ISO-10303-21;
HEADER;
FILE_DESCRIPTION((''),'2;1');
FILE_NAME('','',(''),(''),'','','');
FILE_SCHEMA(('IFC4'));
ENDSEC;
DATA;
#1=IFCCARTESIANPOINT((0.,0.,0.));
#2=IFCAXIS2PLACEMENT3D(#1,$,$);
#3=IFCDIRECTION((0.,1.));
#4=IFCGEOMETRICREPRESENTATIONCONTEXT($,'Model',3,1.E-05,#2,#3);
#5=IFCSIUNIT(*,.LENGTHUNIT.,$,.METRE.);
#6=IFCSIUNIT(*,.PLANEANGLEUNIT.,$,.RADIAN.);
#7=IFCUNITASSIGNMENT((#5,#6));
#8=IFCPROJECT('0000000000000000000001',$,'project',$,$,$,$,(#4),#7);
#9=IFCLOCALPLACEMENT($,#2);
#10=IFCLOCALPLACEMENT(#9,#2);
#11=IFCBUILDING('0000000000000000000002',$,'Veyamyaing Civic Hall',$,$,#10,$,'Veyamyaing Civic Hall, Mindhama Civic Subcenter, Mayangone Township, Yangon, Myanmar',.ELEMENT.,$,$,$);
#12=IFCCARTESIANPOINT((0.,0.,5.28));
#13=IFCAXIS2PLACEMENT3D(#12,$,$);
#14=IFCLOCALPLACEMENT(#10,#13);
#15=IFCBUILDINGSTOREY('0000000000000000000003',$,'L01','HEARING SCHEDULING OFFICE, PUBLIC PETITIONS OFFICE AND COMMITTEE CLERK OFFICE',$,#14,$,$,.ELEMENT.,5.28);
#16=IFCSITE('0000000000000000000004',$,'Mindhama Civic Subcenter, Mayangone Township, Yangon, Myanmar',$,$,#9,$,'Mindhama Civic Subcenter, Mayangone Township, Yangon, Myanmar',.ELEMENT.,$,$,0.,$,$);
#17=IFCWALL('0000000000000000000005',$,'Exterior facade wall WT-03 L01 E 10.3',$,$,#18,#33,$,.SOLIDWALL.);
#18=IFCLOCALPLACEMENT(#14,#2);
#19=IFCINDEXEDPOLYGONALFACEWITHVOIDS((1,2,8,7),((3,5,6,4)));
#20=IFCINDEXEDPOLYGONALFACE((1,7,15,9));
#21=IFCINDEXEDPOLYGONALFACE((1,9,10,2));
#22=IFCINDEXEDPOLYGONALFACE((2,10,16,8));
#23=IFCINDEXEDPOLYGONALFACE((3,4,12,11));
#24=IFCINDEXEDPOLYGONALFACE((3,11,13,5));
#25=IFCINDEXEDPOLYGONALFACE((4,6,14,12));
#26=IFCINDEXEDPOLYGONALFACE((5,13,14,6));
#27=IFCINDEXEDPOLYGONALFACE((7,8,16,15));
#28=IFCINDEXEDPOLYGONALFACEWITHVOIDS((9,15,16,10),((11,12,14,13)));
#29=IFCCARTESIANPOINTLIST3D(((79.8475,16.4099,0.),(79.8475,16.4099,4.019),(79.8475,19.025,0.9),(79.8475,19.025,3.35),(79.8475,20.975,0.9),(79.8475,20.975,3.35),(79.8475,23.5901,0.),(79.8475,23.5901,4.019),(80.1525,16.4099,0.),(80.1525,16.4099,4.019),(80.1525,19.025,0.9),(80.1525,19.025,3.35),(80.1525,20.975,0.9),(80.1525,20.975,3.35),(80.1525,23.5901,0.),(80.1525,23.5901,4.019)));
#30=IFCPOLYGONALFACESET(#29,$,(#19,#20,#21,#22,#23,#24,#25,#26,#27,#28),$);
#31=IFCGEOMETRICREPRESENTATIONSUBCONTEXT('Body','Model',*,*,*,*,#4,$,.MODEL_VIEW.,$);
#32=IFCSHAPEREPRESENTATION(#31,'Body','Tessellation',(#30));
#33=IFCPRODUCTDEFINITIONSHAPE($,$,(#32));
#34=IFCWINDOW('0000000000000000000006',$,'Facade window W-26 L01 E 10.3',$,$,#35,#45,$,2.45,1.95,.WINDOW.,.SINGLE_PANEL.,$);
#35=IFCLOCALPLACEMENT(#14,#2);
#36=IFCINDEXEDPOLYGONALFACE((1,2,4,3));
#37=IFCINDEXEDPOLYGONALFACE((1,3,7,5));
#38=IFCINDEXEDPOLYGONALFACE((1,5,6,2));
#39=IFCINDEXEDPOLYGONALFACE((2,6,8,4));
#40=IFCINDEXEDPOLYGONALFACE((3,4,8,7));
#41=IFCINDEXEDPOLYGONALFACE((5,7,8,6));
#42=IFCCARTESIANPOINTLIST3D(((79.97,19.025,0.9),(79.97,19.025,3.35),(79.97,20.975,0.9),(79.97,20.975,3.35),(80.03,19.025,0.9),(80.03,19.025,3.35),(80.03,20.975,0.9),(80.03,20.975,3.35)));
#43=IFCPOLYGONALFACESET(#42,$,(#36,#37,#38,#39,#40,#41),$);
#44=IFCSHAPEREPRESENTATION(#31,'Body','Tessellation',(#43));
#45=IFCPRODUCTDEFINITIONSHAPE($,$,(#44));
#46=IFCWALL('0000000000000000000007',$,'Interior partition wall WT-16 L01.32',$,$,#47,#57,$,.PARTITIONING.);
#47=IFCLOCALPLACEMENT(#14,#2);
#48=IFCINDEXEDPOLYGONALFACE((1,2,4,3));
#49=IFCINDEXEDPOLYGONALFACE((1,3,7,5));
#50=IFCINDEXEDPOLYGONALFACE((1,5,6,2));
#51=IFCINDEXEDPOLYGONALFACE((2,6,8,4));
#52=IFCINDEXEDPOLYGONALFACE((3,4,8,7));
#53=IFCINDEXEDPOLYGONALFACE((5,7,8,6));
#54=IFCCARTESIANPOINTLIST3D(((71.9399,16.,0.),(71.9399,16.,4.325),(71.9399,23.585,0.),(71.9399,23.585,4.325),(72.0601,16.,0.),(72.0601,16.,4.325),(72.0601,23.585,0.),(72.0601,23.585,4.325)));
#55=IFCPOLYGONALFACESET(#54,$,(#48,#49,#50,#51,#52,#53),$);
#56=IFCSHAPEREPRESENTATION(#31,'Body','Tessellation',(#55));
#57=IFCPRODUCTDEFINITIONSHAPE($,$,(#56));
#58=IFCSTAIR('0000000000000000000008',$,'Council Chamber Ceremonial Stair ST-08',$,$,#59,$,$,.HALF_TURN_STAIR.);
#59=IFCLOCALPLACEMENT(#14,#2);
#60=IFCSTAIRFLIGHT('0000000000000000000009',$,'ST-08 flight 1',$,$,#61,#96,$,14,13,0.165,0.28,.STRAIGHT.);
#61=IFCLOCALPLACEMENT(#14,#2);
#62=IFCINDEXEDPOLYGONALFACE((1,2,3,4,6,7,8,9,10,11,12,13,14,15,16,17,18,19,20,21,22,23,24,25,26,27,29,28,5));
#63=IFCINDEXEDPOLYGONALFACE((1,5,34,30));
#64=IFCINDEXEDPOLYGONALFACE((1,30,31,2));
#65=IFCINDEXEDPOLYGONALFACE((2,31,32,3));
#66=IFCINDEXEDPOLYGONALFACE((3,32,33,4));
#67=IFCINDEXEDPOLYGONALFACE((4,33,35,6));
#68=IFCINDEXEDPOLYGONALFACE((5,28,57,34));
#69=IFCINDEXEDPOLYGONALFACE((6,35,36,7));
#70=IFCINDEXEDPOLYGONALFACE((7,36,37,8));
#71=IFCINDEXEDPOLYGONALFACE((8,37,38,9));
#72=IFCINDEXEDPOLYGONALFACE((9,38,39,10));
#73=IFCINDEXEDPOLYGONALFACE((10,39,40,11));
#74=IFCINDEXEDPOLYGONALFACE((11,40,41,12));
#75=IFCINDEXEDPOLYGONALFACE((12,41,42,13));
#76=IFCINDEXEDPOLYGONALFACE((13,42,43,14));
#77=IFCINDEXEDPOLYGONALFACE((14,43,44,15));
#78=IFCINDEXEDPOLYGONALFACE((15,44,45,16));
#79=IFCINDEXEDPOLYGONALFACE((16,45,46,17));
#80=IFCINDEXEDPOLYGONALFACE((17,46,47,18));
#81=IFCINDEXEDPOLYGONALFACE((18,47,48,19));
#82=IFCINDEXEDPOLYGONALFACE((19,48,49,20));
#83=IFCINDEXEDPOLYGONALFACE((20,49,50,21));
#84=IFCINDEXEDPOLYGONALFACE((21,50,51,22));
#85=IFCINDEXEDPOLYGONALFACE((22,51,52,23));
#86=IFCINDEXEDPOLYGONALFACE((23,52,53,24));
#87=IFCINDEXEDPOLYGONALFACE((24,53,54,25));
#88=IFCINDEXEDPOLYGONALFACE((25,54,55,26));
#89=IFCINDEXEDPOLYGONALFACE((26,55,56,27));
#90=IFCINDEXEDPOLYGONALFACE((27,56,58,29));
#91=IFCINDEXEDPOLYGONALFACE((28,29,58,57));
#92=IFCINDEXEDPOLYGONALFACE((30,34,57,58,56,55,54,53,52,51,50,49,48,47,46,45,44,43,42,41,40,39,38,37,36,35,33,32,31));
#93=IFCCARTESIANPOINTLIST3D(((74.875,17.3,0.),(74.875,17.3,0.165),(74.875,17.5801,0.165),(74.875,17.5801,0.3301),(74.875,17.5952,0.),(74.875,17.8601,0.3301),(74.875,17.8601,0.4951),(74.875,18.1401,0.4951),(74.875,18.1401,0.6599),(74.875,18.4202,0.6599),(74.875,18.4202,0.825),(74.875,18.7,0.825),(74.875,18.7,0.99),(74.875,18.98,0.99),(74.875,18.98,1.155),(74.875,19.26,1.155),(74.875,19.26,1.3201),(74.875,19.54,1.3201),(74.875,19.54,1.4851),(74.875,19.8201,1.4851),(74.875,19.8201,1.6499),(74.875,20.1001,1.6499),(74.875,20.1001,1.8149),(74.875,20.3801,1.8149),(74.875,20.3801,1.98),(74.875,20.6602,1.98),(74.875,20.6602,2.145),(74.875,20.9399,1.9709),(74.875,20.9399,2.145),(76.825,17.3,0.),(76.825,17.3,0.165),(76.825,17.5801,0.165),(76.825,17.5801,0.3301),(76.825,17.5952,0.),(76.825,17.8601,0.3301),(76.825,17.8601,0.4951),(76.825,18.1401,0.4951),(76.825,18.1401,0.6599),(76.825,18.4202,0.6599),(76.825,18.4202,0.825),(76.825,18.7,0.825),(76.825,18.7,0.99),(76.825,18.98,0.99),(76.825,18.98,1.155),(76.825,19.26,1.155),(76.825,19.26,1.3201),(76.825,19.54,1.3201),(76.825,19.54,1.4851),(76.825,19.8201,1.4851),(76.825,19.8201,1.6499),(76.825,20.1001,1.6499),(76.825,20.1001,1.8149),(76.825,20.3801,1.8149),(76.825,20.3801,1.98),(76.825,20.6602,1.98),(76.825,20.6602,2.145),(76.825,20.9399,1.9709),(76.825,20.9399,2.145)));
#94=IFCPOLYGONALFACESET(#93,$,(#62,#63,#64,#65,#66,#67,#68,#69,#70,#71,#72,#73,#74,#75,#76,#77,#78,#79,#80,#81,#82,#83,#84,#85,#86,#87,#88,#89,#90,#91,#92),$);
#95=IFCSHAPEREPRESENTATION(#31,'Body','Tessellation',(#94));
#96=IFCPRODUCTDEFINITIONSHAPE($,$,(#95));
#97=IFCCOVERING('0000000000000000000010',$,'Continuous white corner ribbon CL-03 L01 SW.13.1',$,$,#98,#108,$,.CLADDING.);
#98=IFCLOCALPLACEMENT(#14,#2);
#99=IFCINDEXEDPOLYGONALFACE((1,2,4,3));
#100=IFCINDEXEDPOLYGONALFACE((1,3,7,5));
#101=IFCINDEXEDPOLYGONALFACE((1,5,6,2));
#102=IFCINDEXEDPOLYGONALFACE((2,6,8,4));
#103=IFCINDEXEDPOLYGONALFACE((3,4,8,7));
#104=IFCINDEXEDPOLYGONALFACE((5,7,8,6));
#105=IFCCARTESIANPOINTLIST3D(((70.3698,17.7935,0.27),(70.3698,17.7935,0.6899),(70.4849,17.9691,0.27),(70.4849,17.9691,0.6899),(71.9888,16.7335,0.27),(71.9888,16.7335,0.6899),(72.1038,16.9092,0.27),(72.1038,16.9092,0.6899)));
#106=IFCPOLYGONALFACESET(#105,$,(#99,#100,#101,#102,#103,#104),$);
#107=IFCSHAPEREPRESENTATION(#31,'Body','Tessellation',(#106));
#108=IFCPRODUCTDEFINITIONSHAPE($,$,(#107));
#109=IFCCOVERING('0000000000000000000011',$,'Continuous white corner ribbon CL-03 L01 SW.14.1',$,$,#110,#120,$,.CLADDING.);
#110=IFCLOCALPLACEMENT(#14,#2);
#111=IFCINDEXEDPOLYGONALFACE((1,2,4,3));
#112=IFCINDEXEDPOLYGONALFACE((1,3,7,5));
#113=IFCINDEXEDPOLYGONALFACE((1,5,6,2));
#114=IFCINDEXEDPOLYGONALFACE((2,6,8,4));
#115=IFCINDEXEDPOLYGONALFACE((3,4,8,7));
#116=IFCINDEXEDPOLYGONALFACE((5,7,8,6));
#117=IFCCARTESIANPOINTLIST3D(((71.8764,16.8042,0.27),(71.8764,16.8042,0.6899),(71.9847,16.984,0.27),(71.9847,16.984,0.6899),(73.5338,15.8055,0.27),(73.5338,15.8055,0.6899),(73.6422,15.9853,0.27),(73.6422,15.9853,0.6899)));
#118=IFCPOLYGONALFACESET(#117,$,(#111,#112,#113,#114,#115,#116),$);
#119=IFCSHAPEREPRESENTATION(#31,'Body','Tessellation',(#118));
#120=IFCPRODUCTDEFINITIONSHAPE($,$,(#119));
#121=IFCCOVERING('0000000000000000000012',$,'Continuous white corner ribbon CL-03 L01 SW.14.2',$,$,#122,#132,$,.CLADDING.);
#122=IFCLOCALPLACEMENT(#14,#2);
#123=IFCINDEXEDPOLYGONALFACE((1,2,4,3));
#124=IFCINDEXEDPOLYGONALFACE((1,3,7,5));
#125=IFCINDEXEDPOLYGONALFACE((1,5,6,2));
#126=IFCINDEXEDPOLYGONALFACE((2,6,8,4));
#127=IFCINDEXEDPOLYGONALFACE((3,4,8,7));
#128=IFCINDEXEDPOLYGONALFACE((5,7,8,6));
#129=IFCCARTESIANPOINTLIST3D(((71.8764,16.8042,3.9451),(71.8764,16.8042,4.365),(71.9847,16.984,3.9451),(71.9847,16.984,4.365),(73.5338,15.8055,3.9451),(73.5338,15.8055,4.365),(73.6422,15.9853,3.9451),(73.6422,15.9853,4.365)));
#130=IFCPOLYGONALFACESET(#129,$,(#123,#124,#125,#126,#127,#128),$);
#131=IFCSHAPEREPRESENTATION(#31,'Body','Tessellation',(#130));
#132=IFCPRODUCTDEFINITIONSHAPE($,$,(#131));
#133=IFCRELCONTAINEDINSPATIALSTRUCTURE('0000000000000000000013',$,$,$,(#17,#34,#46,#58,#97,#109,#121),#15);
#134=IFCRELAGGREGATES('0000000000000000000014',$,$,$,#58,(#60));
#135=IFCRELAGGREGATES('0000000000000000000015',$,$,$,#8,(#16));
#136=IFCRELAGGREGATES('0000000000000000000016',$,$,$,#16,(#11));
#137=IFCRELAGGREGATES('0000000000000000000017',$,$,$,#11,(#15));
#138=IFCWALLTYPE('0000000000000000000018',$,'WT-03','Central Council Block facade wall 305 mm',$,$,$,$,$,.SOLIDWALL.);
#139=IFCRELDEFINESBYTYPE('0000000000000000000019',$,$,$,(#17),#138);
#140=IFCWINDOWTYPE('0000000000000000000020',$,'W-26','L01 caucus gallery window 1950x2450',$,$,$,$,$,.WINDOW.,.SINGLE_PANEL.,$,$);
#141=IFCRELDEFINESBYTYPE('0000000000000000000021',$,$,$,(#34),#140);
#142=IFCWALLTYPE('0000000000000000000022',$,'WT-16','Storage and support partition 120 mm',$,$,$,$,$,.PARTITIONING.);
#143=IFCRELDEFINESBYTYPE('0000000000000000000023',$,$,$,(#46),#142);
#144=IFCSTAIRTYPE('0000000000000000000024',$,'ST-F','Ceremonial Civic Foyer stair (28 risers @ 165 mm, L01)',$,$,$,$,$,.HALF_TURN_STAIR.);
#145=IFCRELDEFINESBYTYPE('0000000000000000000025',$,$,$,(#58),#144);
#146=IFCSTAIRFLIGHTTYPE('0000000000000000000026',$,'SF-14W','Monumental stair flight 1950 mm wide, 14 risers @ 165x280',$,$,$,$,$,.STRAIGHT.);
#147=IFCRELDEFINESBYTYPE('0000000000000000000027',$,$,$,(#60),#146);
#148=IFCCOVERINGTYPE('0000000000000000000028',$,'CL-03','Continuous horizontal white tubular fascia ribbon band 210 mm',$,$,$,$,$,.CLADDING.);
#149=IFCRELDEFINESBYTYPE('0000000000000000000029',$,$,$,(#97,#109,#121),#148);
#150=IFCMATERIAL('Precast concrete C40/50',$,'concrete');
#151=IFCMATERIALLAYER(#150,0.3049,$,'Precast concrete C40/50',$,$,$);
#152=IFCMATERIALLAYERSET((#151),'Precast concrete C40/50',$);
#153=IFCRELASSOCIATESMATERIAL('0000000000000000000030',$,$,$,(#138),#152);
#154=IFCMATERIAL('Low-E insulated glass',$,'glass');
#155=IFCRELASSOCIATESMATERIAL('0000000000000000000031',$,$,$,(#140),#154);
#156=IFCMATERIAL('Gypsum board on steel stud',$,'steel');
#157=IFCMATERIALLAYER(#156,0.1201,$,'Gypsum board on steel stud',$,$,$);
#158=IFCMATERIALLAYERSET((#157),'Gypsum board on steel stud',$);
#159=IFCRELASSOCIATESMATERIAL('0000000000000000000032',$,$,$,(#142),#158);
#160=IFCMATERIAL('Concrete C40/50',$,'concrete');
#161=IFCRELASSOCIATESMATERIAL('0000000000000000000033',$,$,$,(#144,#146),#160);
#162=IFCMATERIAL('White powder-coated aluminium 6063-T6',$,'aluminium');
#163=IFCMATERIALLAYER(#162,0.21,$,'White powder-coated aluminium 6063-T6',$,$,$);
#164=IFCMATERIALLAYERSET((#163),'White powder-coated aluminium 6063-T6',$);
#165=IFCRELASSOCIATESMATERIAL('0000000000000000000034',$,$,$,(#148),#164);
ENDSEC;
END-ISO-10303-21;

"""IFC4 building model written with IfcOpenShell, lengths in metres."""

from ifc_helpers import new_model, si_unit, direction, frame, frame_2d, origin, origin_2d, place, context, subcontext, project, spatial, polyline, rectangle, outline, extrude, material, layer, layer_set, type_object, element, fill, aggregate, save


model = new_model("IFC4")

# Units and contexts
model_context = context("Model", 3, precision=1e-05, world=origin(), true_north=direction((0.0, 1.0)))
body_context = subcontext(model_context, "Body", "Model", "MODEL_VIEW")
ifc_project = project(units=[si_unit("LENGTHUNIT", "METRE"), si_unit("PLANEANGLEUNIT", "RADIAN")], contexts=[model_context])

# Site, building, storey
site_placement = place(None, origin())
site = spatial("IfcSite", under=ifc_project, at=site_placement, Name="Mindhama Civic Subcenter, Mayangone Township, Yangon, Myanmar", LongName="Mindhama Civic Subcenter, Mayangone Township, Yangon, Myanmar", CompositionType="ELEMENT", RefElevation=0.0)
building_placement = place(site_placement, origin())
building = spatial("IfcBuilding", under=site, at=building_placement, Name="Veyamyaing Civic Hall", LongName="Veyamyaing Civic Hall, Mindhama Civic Subcenter, Mayangone Township, Yangon, Myanmar", CompositionType="ELEMENT")
storey_placement = place(building_placement, frame((0.0, 0.0, 5.28)))
storey = spatial("IfcBuildingStorey", under=building, at=storey_placement, Name="L01", Description="HEARING SCHEDULING OFFICE, PUBLIC PETITIONS OFFICE AND COMMITTEE CLERK OFFICE", CompositionType="ELEMENT", Elevation=5.28)

# Shared definitions
ifc_material_1 = material(Name="Precast concrete C40/50", Category="concrete")
ifc_layer_1 = layer(ifc_material_1, 0.3049, Name="Precast concrete C40/50")
ifc_layer_set_1 = layer_set([ifc_layer_1], Name="Precast concrete C40/50")
wall_type_1 = type_object("IfcWallType", Name="WT-03", Description="Central Council Block facade wall 305 mm", PredefinedType="SOLIDWALL", material=ifc_layer_set_1)

# Wall, opening, window
ifc_material_2 = material(Name="Low-E insulated glass", Category="glass")
window_type = type_object("IfcWindowType", Name="W-26", Description="L01 caucus gallery window 1950x2450", PartitioningType="SINGLE_PANEL", PredefinedType="WINDOW", material=ifc_material_2)
wall_1_placement = place(storey_placement, frame((80.0, 16.4099, 0.0), z_axis=(0.0, 0.0, 1.0), x_axis=(0.0, 1.0, 0.0)))
wall_1 = element("IfcWall", 1, at=wall_1_placement, inside=storey, type_object=wall_type_1, Name="Exterior facade wall WT-03 L01 E 10.3", PredefinedType="SOLIDWALL", context=body_context, shape_type="SweptSolid", body=[
    extrude(rectangle(XDim=7.1802, YDim=0.3049, at=frame_2d((3.5901, 0.0))), origin(), (0.0, 0.0, 1.0), 4.019),
])
opening_1_placement = place(wall_1_placement, frame((2.615, 0.0, 0.8999)))
opening_1 = element("IfcOpeningElement", 2, at=opening_1_placement, cuts=wall_1, PredefinedType="OPENING", context=body_context, shape_type="SweptSolid", body=[
    extrude(rectangle(XDim=1.95, YDim=2.45, at=frame_2d((0.9751, 1.2251))), frame((0.0, 0.1624, 0.0), z_axis=(0.0, -1.0, 0.0), x_axis=(1.0, 0.0, 0.0)), (0.0, 0.0, 1.0), 0.325),
])
window_1_placement = place(opening_1_placement, origin())
window_1 = element("IfcWindow", 3, at=window_1_placement, inside=storey, type_object=window_type, Name="Facade window W-26 L01 E 10.3", OverallHeight=2.45, OverallWidth=1.95, PartitioningType="SINGLE_PANEL", PredefinedType="WINDOW", context=body_context, shape_type="SweptSolid", body=[
    extrude(rectangle(XDim=1.95, YDim=2.45, at=frame_2d((0.9751, 1.2251))), frame((0.0, 0.03, 0.0), z_axis=(0.0, -1.0, 0.0), x_axis=(1.0, 0.0, 0.0)), (0.0, 0.0, 1.0), 0.0601),
])
fill(opening_1, window_1)

# Wall
ifc_material_3 = material(Name="Gypsum board on steel stud", Category="steel")
ifc_layer_2 = layer(ifc_material_3, 0.1201, Name="Gypsum board on steel stud")
ifc_layer_set_2 = layer_set([ifc_layer_2], Name="Gypsum board on steel stud")
wall_type_2 = type_object("IfcWallType", Name="WT-16", Description="Storage and support partition 120 mm", PredefinedType="PARTITIONING", material=ifc_layer_set_2)
wall_2_placement = place(storey_placement, frame((72.0, 16.0, 0.0), z_axis=(0.0, 0.0, 1.0), x_axis=(0.0, 1.0, 0.0)))
element("IfcWall", 4, at=wall_2_placement, inside=storey, type_object=wall_type_2, Name="Interior partition wall WT-16 L01.32", PredefinedType="PARTITIONING", context=body_context, shape_type="SweptSolid", body=[
    extrude(rectangle(XDim=7.585, YDim=0.1201, at=frame_2d((3.7925, 0.0))), origin(), (0.0, 0.0, 1.0), 4.325),
])

# Stair, stair flight
ifc_material_4 = material(Name="Concrete C40/50", Category="concrete")
stair_type = type_object("IfcStairType", Name="ST-F", Description="Ceremonial Civic Foyer stair (28 risers @ 165 mm, L01)", PredefinedType="HALF_TURN_STAIR", material=ifc_material_4)
stair_placement = place(storey_placement, origin())
stair = element("IfcStair", 5, at=stair_placement, inside=storey, type_object=stair_type, Name="Council Chamber Ceremonial Stair ST-08", PredefinedType="HALF_TURN_STAIR")
stair_flight_type = type_object("IfcStairFlightType", Name="SF-14W", Description="Monumental stair flight 1950 mm wide, 14 risers @ 165x280", PredefinedType="STRAIGHT", material=ifc_material_4)
stair_flight_placement = place(storey_placement, frame((75.8501, 17.3, 0.0), z_axis=(0.0, 0.0, 1.0), x_axis=(0.0, 1.0, 0.0)))
stair_flight = element("IfcStairFlight", 6, at=stair_flight_placement, type_object=stair_flight_type, Name="ST-08 flight 1", NumberOfRisers=14, NumberOfTreads=13, PredefinedType="STRAIGHT", RiserHeight=0.165, TreadLength=0.28, context=body_context, shape_type="SweptSolid", body=[
    extrude(outline(polyline([(0.0, 0.0), (0.0, 0.165), (0.28, 0.165), (0.28, 0.3301), (0.5601, 0.3301), (0.5601, 0.4951), (0.8401, 0.4951), (0.8401, 0.6599), (1.1201, 0.6599), (1.1201, 0.825), (1.3999, 0.825), (1.3999, 0.99), (1.6799, 0.99), (1.6799, 1.155), (1.96, 1.155), (1.96, 1.3201), (2.24, 1.3201), (2.24, 1.4851), (2.52, 1.4851), (2.52, 1.6499), (2.8, 1.6499), (2.8, 1.8149), (3.0801, 1.8149), (3.0801, 1.98), (3.3601, 1.98), (3.3601, 2.145), (3.6399, 2.145), (3.6399, 2.3101), (3.6399, 1.9709), (0.2952, 0.0), (0.0, 0.0)])), frame((0.0, 0.9751, 0.0), z_axis=(0.0, -1.0, 0.0), x_axis=(1.0, 0.0, 0.0)), (0.0, 0.0, 1.0), 1.95),
])
aggregate(stair, [stair_flight])

# Coverings
ifc_material_5 = material(Name="White powder-coated aluminium 6063-T6", Category="aluminium")
ifc_layer_3 = layer(ifc_material_5, 0.21, Name="White powder-coated aluminium 6063-T6")
ifc_layer_set_3 = layer_set([ifc_layer_3], Name="White powder-coated aluminium 6063-T6")
covering_type = type_object("IfcCoveringType", Name="CL-03", Description="Continuous horizontal white tubular fascia ribbon band 210 mm", PredefinedType="CLADDING", material=ifc_layer_set_3)
for number, where, z_axis, x_axis, name in (
    (7, (71.2368, 17.3513, 0.27), (0.0, 0.0, 1.0), (0.836628, -0.547772, 0.0), "Continuous white corner ribbon CL-03 L01 SW.13.1"),
    (8, (72.7593, 16.3948, 0.27), (0.0, 0.0, 1.0), (0.856524, -0.516107, 0.0), "Continuous white corner ribbon CL-03 L01 SW.14.1"),
    (9, (72.7593, 16.3948, 3.9451), (0.0, 0.0, 1.0), (0.856524, -0.516107, 0.0), "Continuous white corner ribbon CL-03 L01 SW.14.2"),
):
    element("IfcCovering", number, at=place(storey_placement, frame(where, z_axis=z_axis, x_axis=x_axis)), inside=storey, type_object=covering_type, Name=name, PredefinedType="CLADDING", context=body_context, shape_type="SweptSolid", body=[
        extrude(rectangle(XDim=1.9351, YDim=0.21, at=origin_2d()), origin(), (0.0, 0.0, 1.0), 0.4199),
    ])

save(model, "model.ifc")
